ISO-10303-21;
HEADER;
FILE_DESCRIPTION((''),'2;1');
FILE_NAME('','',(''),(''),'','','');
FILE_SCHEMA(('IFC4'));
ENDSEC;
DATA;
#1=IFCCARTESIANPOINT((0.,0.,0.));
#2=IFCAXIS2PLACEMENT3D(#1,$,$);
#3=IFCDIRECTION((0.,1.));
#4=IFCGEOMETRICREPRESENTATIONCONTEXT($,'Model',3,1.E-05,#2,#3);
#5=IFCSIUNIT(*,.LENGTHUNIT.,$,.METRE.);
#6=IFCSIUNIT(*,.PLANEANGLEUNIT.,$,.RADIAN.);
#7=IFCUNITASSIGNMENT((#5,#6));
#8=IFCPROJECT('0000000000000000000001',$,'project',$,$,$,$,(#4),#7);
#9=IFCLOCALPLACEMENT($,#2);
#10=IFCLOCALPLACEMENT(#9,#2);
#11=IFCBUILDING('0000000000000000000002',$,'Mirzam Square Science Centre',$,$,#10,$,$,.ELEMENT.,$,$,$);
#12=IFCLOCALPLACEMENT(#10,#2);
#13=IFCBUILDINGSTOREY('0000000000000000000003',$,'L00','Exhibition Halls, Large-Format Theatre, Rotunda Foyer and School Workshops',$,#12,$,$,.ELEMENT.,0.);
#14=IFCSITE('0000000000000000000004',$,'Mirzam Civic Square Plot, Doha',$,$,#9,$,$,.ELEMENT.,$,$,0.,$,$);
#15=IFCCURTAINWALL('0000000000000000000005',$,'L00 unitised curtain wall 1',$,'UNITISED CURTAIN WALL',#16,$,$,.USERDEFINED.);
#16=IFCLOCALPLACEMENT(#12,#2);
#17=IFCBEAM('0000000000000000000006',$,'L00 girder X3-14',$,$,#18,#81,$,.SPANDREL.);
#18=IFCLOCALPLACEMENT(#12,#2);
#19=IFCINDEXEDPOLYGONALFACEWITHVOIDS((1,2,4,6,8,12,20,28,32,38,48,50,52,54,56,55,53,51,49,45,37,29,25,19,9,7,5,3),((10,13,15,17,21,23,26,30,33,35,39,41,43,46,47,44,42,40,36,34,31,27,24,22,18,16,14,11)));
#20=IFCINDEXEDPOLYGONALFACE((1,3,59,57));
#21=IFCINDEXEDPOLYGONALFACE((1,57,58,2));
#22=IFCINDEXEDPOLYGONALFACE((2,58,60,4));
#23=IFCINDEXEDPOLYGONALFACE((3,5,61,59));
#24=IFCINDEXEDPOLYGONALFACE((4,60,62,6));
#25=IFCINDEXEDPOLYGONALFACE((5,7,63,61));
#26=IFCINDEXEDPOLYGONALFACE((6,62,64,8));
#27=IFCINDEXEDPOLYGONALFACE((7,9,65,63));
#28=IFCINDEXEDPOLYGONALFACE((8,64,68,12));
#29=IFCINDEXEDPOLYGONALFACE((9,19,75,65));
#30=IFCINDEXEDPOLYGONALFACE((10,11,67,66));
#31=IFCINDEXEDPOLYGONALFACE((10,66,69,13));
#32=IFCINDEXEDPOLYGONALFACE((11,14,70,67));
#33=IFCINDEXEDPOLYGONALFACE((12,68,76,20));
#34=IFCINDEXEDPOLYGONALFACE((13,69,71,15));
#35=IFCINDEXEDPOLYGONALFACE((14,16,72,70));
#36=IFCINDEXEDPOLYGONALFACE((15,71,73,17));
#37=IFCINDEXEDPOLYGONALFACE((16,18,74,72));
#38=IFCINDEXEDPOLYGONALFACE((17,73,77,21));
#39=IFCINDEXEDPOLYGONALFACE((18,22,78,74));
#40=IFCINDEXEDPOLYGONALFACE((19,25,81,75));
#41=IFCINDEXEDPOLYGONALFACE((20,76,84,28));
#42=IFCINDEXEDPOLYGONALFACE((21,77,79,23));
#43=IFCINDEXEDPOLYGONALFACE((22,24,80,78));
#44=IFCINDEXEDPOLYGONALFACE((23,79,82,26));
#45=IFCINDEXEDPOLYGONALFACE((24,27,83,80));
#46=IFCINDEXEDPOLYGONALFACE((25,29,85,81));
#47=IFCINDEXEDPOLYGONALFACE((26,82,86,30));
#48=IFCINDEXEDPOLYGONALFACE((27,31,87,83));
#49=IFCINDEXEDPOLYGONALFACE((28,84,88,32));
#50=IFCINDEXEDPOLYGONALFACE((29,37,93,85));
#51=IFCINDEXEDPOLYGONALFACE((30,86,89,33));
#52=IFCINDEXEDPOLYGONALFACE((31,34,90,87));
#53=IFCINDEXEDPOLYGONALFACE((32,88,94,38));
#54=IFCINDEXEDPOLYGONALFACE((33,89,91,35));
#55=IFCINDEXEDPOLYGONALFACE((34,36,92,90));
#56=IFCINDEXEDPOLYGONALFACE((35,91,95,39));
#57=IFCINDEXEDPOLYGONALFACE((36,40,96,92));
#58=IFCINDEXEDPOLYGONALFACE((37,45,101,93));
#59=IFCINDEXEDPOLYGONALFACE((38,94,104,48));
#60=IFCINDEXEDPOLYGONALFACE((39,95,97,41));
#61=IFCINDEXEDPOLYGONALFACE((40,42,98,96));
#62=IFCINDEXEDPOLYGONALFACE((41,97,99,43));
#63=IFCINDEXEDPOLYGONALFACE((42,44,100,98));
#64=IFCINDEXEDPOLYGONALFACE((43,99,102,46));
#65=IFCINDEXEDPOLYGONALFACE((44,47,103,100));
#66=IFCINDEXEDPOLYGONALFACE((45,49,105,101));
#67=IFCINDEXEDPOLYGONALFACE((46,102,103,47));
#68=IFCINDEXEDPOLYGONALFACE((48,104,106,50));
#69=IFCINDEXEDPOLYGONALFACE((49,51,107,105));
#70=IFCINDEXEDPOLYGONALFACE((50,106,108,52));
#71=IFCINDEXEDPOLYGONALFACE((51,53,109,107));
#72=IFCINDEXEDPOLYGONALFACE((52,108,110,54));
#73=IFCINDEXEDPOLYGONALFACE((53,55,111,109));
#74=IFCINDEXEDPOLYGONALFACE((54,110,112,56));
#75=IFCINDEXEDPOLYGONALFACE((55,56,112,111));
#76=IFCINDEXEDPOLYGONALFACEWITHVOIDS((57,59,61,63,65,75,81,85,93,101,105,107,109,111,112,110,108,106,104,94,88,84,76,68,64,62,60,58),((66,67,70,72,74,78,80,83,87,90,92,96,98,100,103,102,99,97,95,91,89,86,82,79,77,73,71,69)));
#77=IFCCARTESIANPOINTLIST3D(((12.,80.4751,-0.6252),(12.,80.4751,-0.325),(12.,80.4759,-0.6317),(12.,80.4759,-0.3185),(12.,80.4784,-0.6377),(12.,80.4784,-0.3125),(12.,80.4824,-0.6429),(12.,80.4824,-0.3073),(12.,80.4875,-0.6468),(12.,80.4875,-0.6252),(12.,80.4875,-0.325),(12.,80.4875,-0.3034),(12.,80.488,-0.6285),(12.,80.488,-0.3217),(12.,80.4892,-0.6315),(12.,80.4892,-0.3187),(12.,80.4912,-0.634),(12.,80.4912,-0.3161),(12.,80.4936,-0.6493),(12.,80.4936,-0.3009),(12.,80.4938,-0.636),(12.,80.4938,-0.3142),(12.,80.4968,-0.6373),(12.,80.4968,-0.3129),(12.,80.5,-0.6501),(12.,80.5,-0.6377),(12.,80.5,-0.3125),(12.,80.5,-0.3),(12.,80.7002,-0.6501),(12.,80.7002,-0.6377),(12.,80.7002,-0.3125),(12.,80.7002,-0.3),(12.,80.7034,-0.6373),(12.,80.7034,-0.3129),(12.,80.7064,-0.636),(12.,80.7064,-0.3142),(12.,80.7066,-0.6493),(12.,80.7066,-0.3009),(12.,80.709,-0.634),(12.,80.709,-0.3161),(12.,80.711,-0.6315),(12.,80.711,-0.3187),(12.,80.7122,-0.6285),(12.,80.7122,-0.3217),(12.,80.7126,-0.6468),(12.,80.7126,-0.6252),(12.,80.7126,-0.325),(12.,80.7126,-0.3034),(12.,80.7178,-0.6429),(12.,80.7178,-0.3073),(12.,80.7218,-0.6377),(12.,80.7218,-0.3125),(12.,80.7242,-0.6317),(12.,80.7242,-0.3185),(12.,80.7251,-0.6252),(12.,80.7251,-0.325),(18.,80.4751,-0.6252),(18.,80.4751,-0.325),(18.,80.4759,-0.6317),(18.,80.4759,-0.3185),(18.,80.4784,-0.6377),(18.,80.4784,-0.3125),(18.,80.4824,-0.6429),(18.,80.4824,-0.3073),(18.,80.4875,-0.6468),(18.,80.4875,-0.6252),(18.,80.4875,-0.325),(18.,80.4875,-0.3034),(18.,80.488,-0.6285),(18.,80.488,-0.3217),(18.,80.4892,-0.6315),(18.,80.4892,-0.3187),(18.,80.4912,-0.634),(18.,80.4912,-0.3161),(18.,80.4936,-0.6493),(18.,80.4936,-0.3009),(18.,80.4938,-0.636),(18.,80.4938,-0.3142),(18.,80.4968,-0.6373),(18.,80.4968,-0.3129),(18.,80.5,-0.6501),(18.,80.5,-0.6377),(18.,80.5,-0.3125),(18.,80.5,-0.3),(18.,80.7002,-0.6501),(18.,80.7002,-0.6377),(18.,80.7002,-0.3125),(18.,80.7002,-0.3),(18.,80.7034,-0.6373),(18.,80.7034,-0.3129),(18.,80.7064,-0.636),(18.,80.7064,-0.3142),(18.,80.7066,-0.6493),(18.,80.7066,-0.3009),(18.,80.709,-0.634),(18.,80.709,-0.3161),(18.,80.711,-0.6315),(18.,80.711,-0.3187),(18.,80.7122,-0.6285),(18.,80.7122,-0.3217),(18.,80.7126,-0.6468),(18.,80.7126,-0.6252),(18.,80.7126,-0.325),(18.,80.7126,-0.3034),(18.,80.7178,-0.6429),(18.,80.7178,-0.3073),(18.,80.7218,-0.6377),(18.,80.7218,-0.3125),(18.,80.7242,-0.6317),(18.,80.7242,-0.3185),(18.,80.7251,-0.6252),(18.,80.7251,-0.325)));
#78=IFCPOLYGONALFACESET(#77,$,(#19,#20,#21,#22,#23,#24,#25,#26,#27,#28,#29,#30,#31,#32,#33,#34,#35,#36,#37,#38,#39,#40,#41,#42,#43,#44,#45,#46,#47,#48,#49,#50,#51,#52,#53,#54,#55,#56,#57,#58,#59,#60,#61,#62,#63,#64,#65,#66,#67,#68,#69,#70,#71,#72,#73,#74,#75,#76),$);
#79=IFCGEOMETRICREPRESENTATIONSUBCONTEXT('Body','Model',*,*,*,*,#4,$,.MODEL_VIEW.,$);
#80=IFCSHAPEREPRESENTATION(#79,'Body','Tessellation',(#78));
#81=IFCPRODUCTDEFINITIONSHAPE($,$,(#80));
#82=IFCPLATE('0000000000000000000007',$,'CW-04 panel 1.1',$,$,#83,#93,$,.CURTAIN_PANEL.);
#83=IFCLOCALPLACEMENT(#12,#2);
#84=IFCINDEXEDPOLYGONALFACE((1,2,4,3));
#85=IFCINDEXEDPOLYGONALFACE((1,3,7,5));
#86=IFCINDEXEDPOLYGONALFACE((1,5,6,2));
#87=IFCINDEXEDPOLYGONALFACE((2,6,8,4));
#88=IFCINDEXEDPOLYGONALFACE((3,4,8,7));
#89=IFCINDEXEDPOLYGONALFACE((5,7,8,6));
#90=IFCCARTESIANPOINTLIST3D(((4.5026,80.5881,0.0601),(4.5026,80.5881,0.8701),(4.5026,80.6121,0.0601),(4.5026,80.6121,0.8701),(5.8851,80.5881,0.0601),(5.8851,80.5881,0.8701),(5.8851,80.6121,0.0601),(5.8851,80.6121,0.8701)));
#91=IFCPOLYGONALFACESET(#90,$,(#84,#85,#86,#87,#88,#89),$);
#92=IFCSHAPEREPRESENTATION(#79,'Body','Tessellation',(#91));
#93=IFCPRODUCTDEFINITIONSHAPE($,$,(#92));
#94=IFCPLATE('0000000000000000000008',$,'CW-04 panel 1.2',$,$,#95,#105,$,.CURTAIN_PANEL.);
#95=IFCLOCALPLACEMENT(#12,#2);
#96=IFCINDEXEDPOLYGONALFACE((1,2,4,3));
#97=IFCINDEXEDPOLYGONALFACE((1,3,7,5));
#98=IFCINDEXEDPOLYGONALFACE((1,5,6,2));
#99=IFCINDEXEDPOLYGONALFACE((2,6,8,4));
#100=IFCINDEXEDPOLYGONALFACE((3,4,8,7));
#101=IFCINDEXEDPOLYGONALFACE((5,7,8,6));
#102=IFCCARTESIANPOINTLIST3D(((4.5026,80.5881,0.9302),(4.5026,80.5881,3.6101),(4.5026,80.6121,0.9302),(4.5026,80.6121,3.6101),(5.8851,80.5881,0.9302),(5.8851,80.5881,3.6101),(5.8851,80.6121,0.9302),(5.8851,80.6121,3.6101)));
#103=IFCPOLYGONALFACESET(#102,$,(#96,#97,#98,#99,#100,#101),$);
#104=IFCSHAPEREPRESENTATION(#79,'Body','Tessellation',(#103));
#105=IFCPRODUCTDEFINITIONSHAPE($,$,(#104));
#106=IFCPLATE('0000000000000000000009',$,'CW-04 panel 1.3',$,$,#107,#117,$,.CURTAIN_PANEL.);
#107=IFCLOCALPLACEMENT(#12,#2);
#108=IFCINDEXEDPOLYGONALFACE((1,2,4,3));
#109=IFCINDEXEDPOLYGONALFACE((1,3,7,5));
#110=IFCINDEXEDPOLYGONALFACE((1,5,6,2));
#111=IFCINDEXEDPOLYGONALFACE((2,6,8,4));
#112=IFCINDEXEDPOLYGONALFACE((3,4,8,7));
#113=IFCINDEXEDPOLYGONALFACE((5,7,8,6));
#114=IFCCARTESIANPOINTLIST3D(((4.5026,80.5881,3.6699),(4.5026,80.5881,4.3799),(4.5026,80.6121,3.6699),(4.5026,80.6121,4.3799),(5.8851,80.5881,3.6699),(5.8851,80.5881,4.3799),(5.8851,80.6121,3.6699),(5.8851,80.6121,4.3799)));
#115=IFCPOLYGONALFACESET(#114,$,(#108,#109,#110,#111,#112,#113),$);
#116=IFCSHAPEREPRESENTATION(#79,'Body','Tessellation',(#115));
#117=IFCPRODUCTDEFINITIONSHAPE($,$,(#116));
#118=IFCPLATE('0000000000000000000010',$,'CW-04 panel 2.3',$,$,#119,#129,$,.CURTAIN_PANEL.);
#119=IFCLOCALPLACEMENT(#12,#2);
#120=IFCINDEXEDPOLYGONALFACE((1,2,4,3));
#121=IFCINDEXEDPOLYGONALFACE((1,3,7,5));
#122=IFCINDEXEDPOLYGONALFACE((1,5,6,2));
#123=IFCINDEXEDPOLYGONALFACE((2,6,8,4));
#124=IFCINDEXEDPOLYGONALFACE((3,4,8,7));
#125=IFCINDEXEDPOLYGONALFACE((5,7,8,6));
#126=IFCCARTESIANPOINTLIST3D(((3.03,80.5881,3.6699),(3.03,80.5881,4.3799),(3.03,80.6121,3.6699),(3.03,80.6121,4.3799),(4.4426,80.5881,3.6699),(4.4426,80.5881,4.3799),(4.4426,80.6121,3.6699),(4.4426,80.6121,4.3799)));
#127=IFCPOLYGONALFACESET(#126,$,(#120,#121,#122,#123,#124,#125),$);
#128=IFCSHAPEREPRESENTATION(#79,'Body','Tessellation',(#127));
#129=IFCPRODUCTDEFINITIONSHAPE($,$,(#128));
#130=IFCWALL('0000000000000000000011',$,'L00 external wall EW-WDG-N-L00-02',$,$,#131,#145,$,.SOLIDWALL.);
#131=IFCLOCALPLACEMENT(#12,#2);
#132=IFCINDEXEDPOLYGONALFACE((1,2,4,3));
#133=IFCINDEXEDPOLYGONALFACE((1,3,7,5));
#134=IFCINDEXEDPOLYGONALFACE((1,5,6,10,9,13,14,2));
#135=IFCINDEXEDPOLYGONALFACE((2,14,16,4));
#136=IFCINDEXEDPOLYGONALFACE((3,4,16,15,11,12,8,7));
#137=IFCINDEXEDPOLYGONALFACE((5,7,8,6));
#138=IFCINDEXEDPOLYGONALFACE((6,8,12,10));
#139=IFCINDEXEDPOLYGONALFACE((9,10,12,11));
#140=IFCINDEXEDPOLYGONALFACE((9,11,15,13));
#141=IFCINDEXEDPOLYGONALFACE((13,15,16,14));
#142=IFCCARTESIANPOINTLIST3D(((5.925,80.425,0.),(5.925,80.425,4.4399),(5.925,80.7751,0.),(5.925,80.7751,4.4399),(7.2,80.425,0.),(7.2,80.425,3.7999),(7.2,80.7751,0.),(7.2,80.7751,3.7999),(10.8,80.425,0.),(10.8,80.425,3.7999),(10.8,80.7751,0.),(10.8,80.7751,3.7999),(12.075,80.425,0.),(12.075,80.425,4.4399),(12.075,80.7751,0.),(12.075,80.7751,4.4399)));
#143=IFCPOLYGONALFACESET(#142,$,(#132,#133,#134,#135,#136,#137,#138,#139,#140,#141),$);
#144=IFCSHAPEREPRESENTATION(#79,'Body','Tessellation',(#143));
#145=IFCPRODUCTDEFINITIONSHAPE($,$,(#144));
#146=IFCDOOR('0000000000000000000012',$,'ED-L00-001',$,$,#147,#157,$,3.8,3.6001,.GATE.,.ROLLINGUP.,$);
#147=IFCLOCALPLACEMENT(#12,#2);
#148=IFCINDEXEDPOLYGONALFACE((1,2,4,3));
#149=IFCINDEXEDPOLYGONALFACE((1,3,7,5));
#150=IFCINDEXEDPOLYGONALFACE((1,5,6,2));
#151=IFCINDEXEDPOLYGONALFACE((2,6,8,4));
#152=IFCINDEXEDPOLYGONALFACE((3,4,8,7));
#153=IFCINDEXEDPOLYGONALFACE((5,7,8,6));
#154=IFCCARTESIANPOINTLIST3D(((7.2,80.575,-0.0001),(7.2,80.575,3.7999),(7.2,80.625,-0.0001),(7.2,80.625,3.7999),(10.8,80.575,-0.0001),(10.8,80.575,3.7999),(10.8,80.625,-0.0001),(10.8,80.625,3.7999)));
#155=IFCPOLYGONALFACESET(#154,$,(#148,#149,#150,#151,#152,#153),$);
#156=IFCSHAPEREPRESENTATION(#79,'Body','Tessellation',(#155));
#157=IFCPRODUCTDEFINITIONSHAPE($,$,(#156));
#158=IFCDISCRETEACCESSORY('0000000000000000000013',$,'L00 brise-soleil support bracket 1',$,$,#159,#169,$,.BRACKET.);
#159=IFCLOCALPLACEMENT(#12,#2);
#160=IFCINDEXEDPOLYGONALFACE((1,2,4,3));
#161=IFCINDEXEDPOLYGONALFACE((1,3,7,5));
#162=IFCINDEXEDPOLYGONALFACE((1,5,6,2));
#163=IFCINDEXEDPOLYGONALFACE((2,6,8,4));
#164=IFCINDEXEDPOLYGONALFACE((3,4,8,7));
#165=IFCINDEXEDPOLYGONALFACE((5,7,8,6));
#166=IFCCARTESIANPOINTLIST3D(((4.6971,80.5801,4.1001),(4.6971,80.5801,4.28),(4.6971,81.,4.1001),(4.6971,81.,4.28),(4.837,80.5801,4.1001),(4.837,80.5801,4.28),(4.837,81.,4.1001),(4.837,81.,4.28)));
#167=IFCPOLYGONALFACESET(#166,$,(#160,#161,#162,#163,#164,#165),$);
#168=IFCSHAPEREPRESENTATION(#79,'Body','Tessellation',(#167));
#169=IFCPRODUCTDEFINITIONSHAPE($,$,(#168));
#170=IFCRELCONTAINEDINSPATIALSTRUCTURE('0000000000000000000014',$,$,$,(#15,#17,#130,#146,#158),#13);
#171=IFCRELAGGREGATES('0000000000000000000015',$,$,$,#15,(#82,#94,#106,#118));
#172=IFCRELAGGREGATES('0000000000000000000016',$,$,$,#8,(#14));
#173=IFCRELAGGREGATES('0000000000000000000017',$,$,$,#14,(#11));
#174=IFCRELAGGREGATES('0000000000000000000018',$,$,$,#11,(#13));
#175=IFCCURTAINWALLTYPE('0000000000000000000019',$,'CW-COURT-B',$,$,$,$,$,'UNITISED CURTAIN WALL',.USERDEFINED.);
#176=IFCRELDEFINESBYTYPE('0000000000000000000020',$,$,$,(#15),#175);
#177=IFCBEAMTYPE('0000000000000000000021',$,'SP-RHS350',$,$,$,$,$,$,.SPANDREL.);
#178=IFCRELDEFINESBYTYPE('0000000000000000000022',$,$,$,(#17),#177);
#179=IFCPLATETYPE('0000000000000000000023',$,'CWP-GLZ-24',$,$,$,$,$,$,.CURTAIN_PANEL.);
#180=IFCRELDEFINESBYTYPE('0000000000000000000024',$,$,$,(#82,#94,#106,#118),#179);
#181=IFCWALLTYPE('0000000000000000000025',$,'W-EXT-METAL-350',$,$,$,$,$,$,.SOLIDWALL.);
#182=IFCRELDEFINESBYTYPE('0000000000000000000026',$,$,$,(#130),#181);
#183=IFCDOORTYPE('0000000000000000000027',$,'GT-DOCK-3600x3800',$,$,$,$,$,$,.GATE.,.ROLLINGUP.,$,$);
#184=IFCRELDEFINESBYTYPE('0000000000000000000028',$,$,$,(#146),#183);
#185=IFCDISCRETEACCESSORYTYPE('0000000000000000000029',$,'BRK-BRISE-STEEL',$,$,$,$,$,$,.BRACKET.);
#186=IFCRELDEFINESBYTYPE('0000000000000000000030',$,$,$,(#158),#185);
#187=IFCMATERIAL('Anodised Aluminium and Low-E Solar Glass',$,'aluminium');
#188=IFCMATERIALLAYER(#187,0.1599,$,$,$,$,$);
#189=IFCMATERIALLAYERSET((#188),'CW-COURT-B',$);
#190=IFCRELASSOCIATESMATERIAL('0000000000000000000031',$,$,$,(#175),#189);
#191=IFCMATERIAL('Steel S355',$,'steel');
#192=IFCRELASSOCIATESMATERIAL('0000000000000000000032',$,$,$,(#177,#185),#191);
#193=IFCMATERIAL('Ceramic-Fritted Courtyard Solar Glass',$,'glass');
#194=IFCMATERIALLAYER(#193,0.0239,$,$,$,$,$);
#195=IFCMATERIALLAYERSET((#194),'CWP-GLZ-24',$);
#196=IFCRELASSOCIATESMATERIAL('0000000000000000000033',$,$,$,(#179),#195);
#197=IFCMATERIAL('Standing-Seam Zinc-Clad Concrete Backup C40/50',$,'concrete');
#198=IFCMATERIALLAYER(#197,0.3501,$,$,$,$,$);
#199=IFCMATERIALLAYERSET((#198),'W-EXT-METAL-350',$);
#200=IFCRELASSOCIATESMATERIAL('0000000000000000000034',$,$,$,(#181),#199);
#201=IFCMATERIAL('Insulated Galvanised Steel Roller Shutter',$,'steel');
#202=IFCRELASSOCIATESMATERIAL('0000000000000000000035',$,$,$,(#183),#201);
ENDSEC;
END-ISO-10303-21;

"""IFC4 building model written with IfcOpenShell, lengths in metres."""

from ifc_helpers import new_model, si_unit, direction, frame, frame_2d, origin, origin_2d, place, context, subcontext, project, spatial, rectangle, hollow_rectangle, extrude, material, layer, layer_set, material_profile, profile_set, type_object, element, fill, aggregate, save


model = new_model("IFC4")

# Units and contexts
model_context = context("Model", 3, precision=1e-05, world=origin(), true_north=direction((0.0, 1.0)))
body_context = subcontext(model_context, "Body", "Model", "MODEL_VIEW")
ifc_project = project(units=[si_unit("LENGTHUNIT", "METRE"), si_unit("PLANEANGLEUNIT", "RADIAN")], contexts=[model_context])

# Site, building, storey
site_placement = place(None, origin())
site = spatial("IfcSite", under=ifc_project, at=site_placement, Name="Mirzam Civic Square Plot, Doha", CompositionType="ELEMENT", RefElevation=0.0)
building_placement = place(site_placement, origin())
building = spatial("IfcBuilding", under=site, at=building_placement, Name="Mirzam Square Science Centre", CompositionType="ELEMENT")
storey_placement = place(building_placement, origin())
storey = spatial("IfcBuildingStorey", under=building, at=storey_placement, Name="L00", Description="Exhibition Halls, Large-Format Theatre, Rotunda Foyer and School Workshops", CompositionType="ELEMENT", Elevation=0.0)

# Shared definitions
ifc_material_1 = material(Name="Steel S355", Category="steel")

# Curtain wall
ifc_material_2 = material(Name="Anodised Aluminium and Low-E Solar Glass", Category="aluminium")
ifc_layer_1 = layer(ifc_material_2, 0.1599)
ifc_layer_set_1 = layer_set([ifc_layer_1], Name="CW-COURT-B")
curtain_wall_type_1 = type_object("IfcCurtainWallType", Name="CW-COURT-B", ElementType="UNITISED CURTAIN WALL", PredefinedType="USERDEFINED", material=ifc_layer_set_1)
curtain_wall_1_placement = place(storey_placement, origin())
curtain_wall_1 = element("IfcCurtainWall", 1, at=curtain_wall_1_placement, inside=storey, type_object=curtain_wall_type_1, Name="L00 unitised curtain wall 1", ObjectType="UNITISED CURTAIN WALL", PredefinedType="USERDEFINED")

# Beam
ifc_material_profile_1 = material_profile(ifc_material_1, hollow_rectangle(XDim=0.25, YDim=0.3501, WallThickness=0.0125, InnerFilletRadius=0.0125, OuterFilletRadius=0.0249, at=origin_2d()), Name="350x250x12.5RHS")
ifc_profile_set_1 = profile_set([ifc_material_profile_1], Name="Steel S355")
beam_type = type_object("IfcBeamType", Name="SP-RHS350", PredefinedType="SPANDREL", material=ifc_profile_set_1)
for number, where, z_axis, x_axis, name in (
    (2, (12.0, 80.6001, -0.4751), (1.0, 0.0, 0.0), (0.0, 1.0, 0.0), "L00 girder X3-14"),
):
    element("IfcBeam", number, at=place(storey_placement, frame(where, z_axis=z_axis, x_axis=x_axis)), inside=storey, type_object=beam_type, Name=name, PredefinedType="SPANDREL", context=body_context, shape_type="SweptSolid", body=[
        extrude(hollow_rectangle(XDim=0.25, YDim=0.3501, WallThickness=0.0125, InnerFilletRadius=0.0125, OuterFilletRadius=0.0249, at=origin_2d()), origin(), (0.0, 0.0, 1.0), 6.0),
    ])

# Plates
ifc_material_3 = material(Name="Ceramic-Fritted Courtyard Solar Glass", Category="glass")
ifc_layer_2 = layer(ifc_material_3, 0.0239)
ifc_layer_set_2 = layer_set([ifc_layer_2], Name="CWP-GLZ-24")
plate_type = type_object("IfcPlateType", Name="CWP-GLZ-24", PredefinedType="CURTAIN_PANEL", material=ifc_layer_set_2)
plate_1_placement = place(storey_placement, frame((5.1938, 80.6001, 0.0601), z_axis=(0.0, 0.0, 1.0), x_axis=(-1.0, 0.0, 0.0)))
plate_1 = element("IfcPlate", 3, at=plate_1_placement, type_object=plate_type, Name="CW-04 panel 1.1", PredefinedType="CURTAIN_PANEL", context=body_context, shape_type="SweptSolid", body=[
    extrude(rectangle(XDim=1.3826, YDim=0.0239, at=origin_2d()), origin(), (0.0, 0.0, 1.0), 0.8101),
])
plate_2_placement = place(storey_placement, frame((5.1938, 80.6001, 0.9302), z_axis=(0.0, 0.0, 1.0), x_axis=(-1.0, 0.0, 0.0)))
plate_2 = element("IfcPlate", 4, at=plate_2_placement, type_object=plate_type, Name="CW-04 panel 1.2", PredefinedType="CURTAIN_PANEL", context=body_context, shape_type="SweptSolid", body=[
    extrude(rectangle(XDim=1.3826, YDim=0.0239, at=origin_2d()), origin(), (0.0, 0.0, 1.0), 2.6799),
])
plate_3_placement = place(storey_placement, frame((5.1938, 80.6001, 3.6699), z_axis=(0.0, 0.0, 1.0), x_axis=(-1.0, 0.0, 0.0)))
plate_3 = element("IfcPlate", 5, at=plate_3_placement, type_object=plate_type, Name="CW-04 panel 1.3", PredefinedType="CURTAIN_PANEL", context=body_context, shape_type="SweptSolid", body=[
    extrude(rectangle(XDim=1.3826, YDim=0.0239, at=origin_2d()), origin(), (0.0, 0.0, 1.0), 0.71),
])
plate_4_placement = place(storey_placement, frame((3.7363, 80.6001, 3.6699), z_axis=(0.0, 0.0, 1.0), x_axis=(-1.0, 0.0, 0.0)))
plate_4 = element("IfcPlate", 6, at=plate_4_placement, type_object=plate_type, Name="CW-04 panel 2.3", PredefinedType="CURTAIN_PANEL", context=body_context, shape_type="SweptSolid", body=[
    extrude(rectangle(XDim=1.4126, YDim=0.0239, at=origin_2d()), origin(), (0.0, 0.0, 1.0), 0.71),
])
aggregate(curtain_wall_1, [plate_1, plate_2, plate_3, plate_4])

# Wall, opening, door
ifc_material_4 = material(Name="Standing-Seam Zinc-Clad Concrete Backup C40/50", Category="concrete")
ifc_layer_3 = layer(ifc_material_4, 0.3501)
ifc_layer_set_3 = layer_set([ifc_layer_3], Name="W-EXT-METAL-350")
wall_type = type_object("IfcWallType", Name="W-EXT-METAL-350", PredefinedType="SOLIDWALL", material=ifc_layer_set_3)
wall_placement = place(storey_placement, frame((12.075, 80.6001, 0.0), z_axis=(0.0, 0.0, 1.0), x_axis=(-1.0, 0.0, 0.0)))
wall = element("IfcWall", 7, at=wall_placement, inside=storey, type_object=wall_type, Name="L00 external wall EW-WDG-N-L00-02", PredefinedType="SOLIDWALL", context=body_context, shape_type="SweptSolid", body=[
    extrude(rectangle(XDim=6.1499, YDim=0.3501, at=frame_2d((3.075, 0.0))), origin(), (0.0, 0.0, 1.0), 4.4399),
])
opening_placement = place(wall_placement, frame((1.2749, 0.0, 0.0)))
opening = element("IfcOpeningElement", 8, at=opening_placement, cuts=wall, PredefinedType="OPENING", context=body_context, shape_type="SweptSolid", body=[
    extrude(rectangle(XDim=3.6001, YDim=3.8, at=frame_2d((1.8, 1.8999))), frame((0.0, 0.1851, 0.0), z_axis=(0.0, -1.0, 0.0), x_axis=(1.0, 0.0, 0.0)), (0.0, 0.0, 1.0), 0.3701),
])
ifc_material_5 = material(Name="Insulated Galvanised Steel Roller Shutter", Category="steel")
door_type = type_object("IfcDoorType", Name="GT-DOCK-3600x3800", OperationType="ROLLINGUP", PredefinedType="GATE", material=ifc_material_5)
door_placement = place(opening_placement, frame((3.6001, 0.0, 0.0), z_axis=(0.0, 0.0, 1.0), x_axis=(-1.0, 0.0, 0.0)))
door = element("IfcDoor", 9, at=door_placement, inside=storey, type_object=door_type, Name="ED-L00-001", OperationType="ROLLINGUP", OverallHeight=3.8, OverallWidth=3.6001, PredefinedType="GATE", context=body_context, shape_type="SweptSolid", body=[
    extrude(rectangle(XDim=3.6001, YDim=3.8, at=frame_2d((1.8, 1.8999))), frame((0.0, 0.0249, 0.0), z_axis=(0.0, -1.0, 0.0), x_axis=(1.0, 0.0, 0.0)), (0.0, 0.0, 1.0), 0.05),
])
fill(opening, door)

# Discrete accessory
discrete_accessory_type = type_object("IfcDiscreteAccessoryType", Name="BRK-BRISE-STEEL", PredefinedType="BRACKET", material=ifc_material_1)
discrete_accessory_placement = place(storey_placement, frame((4.7671, 80.79, 4.1001), z_axis=(0.0, 0.0, 1.0), x_axis=(-1.0, 0.0, 0.0)))
element("IfcDiscreteAccessory", 10, at=discrete_accessory_placement, inside=storey, type_object=discrete_accessory_type, Name="L00 brise-soleil support bracket 1", PredefinedType="BRACKET", context=body_context, shape_type="SweptSolid", body=[
    extrude(rectangle(XDim=0.1399, YDim=0.4199, at=origin_2d()), origin(), (0.0, 0.0, 1.0), 0.1799),
])

save(model, "model.ifc")
